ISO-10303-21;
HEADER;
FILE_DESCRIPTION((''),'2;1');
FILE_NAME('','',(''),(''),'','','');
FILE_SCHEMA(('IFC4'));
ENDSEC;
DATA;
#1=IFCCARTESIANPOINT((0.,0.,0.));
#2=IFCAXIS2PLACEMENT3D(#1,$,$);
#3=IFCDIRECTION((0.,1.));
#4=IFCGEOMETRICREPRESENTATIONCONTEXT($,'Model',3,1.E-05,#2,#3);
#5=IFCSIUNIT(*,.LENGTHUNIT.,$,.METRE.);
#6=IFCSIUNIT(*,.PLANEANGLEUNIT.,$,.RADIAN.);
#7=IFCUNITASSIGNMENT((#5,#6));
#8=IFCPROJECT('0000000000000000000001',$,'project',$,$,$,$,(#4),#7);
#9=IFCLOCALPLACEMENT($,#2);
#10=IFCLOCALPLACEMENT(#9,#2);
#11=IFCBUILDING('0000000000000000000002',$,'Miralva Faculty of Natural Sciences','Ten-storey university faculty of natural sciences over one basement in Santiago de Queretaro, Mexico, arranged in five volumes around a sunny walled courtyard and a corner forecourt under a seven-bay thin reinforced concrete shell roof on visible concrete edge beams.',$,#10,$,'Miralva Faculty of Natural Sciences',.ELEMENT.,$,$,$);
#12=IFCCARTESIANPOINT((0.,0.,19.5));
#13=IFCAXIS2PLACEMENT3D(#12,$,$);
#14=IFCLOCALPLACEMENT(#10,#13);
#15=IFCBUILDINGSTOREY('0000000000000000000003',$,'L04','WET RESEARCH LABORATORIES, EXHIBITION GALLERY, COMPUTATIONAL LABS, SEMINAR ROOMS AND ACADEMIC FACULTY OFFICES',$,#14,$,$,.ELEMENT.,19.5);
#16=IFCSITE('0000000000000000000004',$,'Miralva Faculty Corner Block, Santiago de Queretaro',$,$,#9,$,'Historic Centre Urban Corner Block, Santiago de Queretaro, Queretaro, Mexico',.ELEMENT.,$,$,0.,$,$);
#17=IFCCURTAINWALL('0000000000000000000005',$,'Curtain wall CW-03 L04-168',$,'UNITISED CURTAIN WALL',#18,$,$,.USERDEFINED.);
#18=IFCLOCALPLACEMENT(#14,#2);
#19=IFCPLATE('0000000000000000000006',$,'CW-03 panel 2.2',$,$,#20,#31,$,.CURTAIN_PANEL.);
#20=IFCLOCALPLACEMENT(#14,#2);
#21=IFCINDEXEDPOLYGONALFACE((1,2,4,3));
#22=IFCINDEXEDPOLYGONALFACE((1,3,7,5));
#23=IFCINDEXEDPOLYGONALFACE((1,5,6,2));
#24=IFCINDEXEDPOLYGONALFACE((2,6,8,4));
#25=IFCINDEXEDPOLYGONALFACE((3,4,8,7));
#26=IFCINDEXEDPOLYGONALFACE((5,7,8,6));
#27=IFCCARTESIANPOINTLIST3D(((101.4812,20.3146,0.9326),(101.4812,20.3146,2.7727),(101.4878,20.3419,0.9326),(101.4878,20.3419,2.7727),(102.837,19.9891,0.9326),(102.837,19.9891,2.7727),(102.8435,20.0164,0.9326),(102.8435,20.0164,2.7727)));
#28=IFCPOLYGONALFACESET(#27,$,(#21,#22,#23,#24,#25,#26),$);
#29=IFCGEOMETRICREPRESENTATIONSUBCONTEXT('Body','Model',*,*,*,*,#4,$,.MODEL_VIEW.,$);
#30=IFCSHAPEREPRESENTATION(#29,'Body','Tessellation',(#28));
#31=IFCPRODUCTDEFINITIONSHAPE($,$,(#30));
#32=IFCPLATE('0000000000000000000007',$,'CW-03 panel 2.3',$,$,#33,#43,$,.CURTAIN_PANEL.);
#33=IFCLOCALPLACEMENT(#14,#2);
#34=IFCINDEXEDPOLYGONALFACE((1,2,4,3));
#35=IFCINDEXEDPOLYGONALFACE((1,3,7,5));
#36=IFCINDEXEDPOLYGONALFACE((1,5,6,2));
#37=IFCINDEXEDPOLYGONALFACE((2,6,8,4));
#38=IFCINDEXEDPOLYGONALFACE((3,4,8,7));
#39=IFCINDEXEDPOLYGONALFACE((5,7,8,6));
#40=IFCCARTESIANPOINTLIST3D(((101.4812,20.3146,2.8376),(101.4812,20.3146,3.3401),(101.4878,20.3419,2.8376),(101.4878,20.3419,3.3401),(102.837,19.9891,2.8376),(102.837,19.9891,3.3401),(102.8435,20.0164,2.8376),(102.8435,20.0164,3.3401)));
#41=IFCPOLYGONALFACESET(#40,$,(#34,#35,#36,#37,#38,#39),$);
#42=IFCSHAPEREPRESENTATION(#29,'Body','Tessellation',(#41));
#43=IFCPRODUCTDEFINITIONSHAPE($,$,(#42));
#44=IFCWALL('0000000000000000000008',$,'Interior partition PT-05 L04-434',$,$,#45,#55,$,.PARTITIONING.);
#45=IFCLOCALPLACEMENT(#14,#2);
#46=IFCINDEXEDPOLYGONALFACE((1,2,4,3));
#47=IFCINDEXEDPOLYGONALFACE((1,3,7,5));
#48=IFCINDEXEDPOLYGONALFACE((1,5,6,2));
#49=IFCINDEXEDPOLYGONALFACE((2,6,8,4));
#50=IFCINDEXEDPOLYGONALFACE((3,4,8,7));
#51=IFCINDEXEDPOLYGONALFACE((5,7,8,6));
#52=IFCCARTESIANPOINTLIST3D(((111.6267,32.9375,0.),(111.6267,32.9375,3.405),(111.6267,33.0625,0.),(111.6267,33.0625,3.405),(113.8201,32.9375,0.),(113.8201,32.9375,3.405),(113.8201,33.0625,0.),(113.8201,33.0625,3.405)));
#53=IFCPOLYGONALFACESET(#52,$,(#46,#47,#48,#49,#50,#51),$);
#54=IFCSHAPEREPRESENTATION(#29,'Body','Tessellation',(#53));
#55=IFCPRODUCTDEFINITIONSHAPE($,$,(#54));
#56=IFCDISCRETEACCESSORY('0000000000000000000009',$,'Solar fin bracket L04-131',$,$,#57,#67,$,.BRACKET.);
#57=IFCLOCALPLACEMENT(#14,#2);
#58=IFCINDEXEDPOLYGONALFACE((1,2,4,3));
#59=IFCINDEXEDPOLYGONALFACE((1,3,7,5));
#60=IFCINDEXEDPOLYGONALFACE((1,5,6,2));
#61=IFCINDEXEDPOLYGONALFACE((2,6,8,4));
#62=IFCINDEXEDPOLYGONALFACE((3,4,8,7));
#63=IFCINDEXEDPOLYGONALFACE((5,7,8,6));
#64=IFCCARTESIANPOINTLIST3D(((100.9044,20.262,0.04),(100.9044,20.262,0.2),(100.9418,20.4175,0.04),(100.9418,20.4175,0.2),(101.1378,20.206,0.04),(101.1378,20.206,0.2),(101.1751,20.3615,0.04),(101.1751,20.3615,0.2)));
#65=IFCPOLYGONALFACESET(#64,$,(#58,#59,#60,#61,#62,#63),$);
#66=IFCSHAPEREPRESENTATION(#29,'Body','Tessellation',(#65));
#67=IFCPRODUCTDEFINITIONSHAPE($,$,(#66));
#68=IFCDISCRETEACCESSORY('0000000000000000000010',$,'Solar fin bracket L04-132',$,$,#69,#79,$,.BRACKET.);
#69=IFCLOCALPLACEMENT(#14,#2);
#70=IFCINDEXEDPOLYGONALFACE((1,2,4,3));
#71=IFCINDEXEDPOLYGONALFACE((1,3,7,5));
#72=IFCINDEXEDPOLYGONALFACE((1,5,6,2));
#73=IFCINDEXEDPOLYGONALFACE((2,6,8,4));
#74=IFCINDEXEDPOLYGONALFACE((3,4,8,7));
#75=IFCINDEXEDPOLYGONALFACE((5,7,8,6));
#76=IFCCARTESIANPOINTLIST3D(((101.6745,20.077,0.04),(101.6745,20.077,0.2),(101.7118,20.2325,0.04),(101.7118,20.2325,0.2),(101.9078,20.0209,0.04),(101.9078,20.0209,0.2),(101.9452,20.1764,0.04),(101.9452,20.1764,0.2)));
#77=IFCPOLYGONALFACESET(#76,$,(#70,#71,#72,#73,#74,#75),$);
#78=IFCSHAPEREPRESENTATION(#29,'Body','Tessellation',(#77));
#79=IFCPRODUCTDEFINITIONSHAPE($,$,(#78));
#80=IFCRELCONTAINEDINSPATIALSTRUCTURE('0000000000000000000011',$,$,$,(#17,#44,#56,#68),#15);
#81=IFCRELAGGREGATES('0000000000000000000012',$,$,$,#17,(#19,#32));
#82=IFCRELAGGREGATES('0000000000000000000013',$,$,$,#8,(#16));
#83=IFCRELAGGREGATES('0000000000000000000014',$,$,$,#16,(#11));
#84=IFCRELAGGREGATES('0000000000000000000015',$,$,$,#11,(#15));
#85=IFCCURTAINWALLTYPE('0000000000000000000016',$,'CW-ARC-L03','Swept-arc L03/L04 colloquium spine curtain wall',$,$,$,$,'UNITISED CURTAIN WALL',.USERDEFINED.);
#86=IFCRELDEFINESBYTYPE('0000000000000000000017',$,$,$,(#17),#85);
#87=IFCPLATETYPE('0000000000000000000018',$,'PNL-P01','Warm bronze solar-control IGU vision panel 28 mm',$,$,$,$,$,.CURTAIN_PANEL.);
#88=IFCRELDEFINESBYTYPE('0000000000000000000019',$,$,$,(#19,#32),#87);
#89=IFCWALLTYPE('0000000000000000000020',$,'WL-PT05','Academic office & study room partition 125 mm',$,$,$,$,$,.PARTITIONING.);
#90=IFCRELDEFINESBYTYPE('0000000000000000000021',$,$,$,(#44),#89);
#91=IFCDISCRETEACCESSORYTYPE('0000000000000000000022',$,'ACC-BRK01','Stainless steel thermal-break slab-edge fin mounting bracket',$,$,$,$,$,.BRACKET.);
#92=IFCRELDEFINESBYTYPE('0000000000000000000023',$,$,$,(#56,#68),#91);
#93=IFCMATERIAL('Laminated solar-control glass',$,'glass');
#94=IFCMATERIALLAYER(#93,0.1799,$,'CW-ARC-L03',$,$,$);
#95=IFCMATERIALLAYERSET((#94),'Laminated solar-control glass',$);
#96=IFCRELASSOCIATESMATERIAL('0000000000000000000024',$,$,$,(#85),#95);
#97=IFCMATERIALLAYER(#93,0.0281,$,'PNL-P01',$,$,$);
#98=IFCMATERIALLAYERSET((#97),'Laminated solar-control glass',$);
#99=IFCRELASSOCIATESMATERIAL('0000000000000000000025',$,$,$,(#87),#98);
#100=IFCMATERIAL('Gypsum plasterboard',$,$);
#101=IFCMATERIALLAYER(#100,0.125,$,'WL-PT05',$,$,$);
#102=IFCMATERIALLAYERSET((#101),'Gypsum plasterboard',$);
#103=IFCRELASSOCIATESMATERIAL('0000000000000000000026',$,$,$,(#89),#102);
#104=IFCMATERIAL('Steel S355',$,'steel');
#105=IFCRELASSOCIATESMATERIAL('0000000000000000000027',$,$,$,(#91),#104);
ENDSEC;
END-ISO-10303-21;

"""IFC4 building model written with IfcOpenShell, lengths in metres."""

from ifc_helpers import new_model, si_unit, direction, frame, frame_2d, origin, origin_2d, place, context, subcontext, project, spatial, rectangle, extrude, material, layer, layer_set, type_object, element, aggregate, save


model = new_model("IFC4")

# Units and contexts
model_context = context("Model", 3, precision=1e-05, world=origin(), true_north=direction((0.0, 1.0)))
body_context = subcontext(model_context, "Body", "Model", "MODEL_VIEW")
ifc_project = project(units=[si_unit("LENGTHUNIT", "METRE"), si_unit("PLANEANGLEUNIT", "RADIAN")], contexts=[model_context])

# Site, building, storey
site_placement = place(None, origin())
site = spatial("IfcSite", under=ifc_project, at=site_placement, Name="Miralva Faculty Corner Block, Santiago de Queretaro", LongName="Historic Centre Urban Corner Block, Santiago de Queretaro, Queretaro, Mexico", CompositionType="ELEMENT", RefElevation=0.0)
building_placement = place(site_placement, origin())
building = spatial("IfcBuilding", under=site, at=building_placement, Name="Miralva Faculty of Natural Sciences", Description="Ten-storey university faculty of natural sciences over one basement in Santiago de Queretaro, Mexico, arranged in five volumes around a sunny walled courtyard and a corner forecourt under a seven-bay thin reinforced concrete shell roof on visible concrete edge beams.", LongName="Miralva Faculty of Natural Sciences", CompositionType="ELEMENT")
storey_placement = place(building_placement, frame((0.0, 0.0, 19.5)))
storey = spatial("IfcBuildingStorey", under=building, at=storey_placement, Name="L04", Description="WET RESEARCH LABORATORIES, EXHIBITION GALLERY, COMPUTATIONAL LABS, SEMINAR ROOMS AND ACADEMIC FACULTY OFFICES", CompositionType="ELEMENT", Elevation=19.5)

# Shared definitions
ifc_material_1 = material(Name="Laminated solar-control glass", Category="glass")
ifc_layer_1 = layer(ifc_material_1, 0.1799, Name="CW-ARC-L03")
ifc_layer_set_1 = layer_set([ifc_layer_1], Name="Laminated solar-control glass")
curtain_wall_type = type_object("IfcCurtainWallType", Name="CW-ARC-L03", Description="Swept-arc L03/L04 colloquium spine curtain wall", ElementType="UNITISED CURTAIN WALL", PredefinedType="USERDEFINED", material=ifc_layer_set_1)

# Curtain wall
curtain_wall_1_placement = place(storey_placement, origin())
curtain_wall_1 = element("IfcCurtainWall", 1, at=curtain_wall_1_placement, inside=storey, type_object=curtain_wall_type, Name="Curtain wall CW-03 L04-168", ObjectType="UNITISED CURTAIN WALL", PredefinedType="USERDEFINED")

# Plates
ifc_layer_2 = layer(ifc_material_1, 0.0281, Name="PNL-P01")
ifc_layer_set_2 = layer_set([ifc_layer_2], Name="Laminated solar-control glass")
plate_type = type_object("IfcPlateType", Name="PNL-P01", Description="Warm bronze solar-control IGU vision panel 28 mm", PredefinedType="CURTAIN_PANEL", material=ifc_layer_set_2)
plate_1_placement = place(storey_placement, frame((102.1624, 20.1655, 0.9326), z_axis=(0.0, 0.0, 1.0), x_axis=(0.972365, -0.233464, 0.0)))
plate_1 = element("IfcPlate", 2, at=plate_1_placement, type_object=plate_type, Name="CW-03 panel 2.2", PredefinedType="CURTAIN_PANEL", context=body_context, shape_type="SweptSolid", body=[
    extrude(rectangle(XDim=1.3943, YDim=0.0281, at=origin_2d()), origin(), (0.0, 0.0, 1.0), 1.8401),
])
plate_2_placement = place(storey_placement, frame((102.1624, 20.1655, 2.8376), z_axis=(0.0, 0.0, 1.0), x_axis=(0.972365, -0.233464, 0.0)))
plate_2 = element("IfcPlate", 3, at=plate_2_placement, type_object=plate_type, Name="CW-03 panel 2.3", PredefinedType="CURTAIN_PANEL", context=body_context, shape_type="SweptSolid", body=[
    extrude(rectangle(XDim=1.3943, YDim=0.0281, at=origin_2d()), origin(), (0.0, 0.0, 1.0), 0.5024),
])
aggregate(curtain_wall_1, [plate_1, plate_2])

# Wall
ifc_material_2 = material(Name="Gypsum plasterboard")
ifc_layer_3 = layer(ifc_material_2, 0.125, Name="WL-PT05")
ifc_layer_set_3 = layer_set([ifc_layer_3], Name="Gypsum plasterboard")
wall_type = type_object("IfcWallType", Name="WL-PT05", Description="Academic office & study room partition 125 mm", PredefinedType="PARTITIONING", material=ifc_layer_set_3)
wall_placement = place(storey_placement, frame((111.6267, 33.0, 0.0), z_axis=(0.0, 0.0, 1.0), x_axis=(1.0, 0.0, 0.0)))
element("IfcWall", 4, at=wall_placement, inside=storey, type_object=wall_type, Name="Interior partition PT-05 L04-434", PredefinedType="PARTITIONING", context=body_context, shape_type="SweptSolid", body=[
    extrude(rectangle(XDim=2.1934, YDim=0.125, at=frame_2d((1.0967, 0.0))), origin(), (0.0, 0.0, 1.0), 3.405),
])

# Discrete accessories
ifc_material_3 = material(Name="Steel S355", Category="steel")
discrete_accessory_type = type_object("IfcDiscreteAccessoryType", Name="ACC-BRK01", Description="Stainless steel thermal-break slab-edge fin mounting bracket", PredefinedType="BRACKET", material=ifc_material_3)
for number, where, z_axis, x_axis, name in (
    (5, (101.0398, 20.3118, 0.04), (0.0, 0.0, 1.0), (-0.233445, -0.97237, 0.0), "Solar fin bracket L04-131"),
    (6, (101.8098, 20.1267, 0.04), (0.0, 0.0, 1.0), (-0.233445, -0.97237, 0.0), "Solar fin bracket L04-132"),
):
    element("IfcDiscreteAccessory", number, at=place(storey_placement, frame(where, z_axis=z_axis, x_axis=x_axis)), inside=storey, type_object=discrete_accessory_type, Name=name, PredefinedType="BRACKET", context=body_context, shape_type="SweptSolid", body=[
        extrude(rectangle(XDim=0.1599, YDim=0.24, at=origin_2d()), origin(), (0.0, 0.0, 1.0), 0.1599),
    ])

save(model, "model.ifc")
